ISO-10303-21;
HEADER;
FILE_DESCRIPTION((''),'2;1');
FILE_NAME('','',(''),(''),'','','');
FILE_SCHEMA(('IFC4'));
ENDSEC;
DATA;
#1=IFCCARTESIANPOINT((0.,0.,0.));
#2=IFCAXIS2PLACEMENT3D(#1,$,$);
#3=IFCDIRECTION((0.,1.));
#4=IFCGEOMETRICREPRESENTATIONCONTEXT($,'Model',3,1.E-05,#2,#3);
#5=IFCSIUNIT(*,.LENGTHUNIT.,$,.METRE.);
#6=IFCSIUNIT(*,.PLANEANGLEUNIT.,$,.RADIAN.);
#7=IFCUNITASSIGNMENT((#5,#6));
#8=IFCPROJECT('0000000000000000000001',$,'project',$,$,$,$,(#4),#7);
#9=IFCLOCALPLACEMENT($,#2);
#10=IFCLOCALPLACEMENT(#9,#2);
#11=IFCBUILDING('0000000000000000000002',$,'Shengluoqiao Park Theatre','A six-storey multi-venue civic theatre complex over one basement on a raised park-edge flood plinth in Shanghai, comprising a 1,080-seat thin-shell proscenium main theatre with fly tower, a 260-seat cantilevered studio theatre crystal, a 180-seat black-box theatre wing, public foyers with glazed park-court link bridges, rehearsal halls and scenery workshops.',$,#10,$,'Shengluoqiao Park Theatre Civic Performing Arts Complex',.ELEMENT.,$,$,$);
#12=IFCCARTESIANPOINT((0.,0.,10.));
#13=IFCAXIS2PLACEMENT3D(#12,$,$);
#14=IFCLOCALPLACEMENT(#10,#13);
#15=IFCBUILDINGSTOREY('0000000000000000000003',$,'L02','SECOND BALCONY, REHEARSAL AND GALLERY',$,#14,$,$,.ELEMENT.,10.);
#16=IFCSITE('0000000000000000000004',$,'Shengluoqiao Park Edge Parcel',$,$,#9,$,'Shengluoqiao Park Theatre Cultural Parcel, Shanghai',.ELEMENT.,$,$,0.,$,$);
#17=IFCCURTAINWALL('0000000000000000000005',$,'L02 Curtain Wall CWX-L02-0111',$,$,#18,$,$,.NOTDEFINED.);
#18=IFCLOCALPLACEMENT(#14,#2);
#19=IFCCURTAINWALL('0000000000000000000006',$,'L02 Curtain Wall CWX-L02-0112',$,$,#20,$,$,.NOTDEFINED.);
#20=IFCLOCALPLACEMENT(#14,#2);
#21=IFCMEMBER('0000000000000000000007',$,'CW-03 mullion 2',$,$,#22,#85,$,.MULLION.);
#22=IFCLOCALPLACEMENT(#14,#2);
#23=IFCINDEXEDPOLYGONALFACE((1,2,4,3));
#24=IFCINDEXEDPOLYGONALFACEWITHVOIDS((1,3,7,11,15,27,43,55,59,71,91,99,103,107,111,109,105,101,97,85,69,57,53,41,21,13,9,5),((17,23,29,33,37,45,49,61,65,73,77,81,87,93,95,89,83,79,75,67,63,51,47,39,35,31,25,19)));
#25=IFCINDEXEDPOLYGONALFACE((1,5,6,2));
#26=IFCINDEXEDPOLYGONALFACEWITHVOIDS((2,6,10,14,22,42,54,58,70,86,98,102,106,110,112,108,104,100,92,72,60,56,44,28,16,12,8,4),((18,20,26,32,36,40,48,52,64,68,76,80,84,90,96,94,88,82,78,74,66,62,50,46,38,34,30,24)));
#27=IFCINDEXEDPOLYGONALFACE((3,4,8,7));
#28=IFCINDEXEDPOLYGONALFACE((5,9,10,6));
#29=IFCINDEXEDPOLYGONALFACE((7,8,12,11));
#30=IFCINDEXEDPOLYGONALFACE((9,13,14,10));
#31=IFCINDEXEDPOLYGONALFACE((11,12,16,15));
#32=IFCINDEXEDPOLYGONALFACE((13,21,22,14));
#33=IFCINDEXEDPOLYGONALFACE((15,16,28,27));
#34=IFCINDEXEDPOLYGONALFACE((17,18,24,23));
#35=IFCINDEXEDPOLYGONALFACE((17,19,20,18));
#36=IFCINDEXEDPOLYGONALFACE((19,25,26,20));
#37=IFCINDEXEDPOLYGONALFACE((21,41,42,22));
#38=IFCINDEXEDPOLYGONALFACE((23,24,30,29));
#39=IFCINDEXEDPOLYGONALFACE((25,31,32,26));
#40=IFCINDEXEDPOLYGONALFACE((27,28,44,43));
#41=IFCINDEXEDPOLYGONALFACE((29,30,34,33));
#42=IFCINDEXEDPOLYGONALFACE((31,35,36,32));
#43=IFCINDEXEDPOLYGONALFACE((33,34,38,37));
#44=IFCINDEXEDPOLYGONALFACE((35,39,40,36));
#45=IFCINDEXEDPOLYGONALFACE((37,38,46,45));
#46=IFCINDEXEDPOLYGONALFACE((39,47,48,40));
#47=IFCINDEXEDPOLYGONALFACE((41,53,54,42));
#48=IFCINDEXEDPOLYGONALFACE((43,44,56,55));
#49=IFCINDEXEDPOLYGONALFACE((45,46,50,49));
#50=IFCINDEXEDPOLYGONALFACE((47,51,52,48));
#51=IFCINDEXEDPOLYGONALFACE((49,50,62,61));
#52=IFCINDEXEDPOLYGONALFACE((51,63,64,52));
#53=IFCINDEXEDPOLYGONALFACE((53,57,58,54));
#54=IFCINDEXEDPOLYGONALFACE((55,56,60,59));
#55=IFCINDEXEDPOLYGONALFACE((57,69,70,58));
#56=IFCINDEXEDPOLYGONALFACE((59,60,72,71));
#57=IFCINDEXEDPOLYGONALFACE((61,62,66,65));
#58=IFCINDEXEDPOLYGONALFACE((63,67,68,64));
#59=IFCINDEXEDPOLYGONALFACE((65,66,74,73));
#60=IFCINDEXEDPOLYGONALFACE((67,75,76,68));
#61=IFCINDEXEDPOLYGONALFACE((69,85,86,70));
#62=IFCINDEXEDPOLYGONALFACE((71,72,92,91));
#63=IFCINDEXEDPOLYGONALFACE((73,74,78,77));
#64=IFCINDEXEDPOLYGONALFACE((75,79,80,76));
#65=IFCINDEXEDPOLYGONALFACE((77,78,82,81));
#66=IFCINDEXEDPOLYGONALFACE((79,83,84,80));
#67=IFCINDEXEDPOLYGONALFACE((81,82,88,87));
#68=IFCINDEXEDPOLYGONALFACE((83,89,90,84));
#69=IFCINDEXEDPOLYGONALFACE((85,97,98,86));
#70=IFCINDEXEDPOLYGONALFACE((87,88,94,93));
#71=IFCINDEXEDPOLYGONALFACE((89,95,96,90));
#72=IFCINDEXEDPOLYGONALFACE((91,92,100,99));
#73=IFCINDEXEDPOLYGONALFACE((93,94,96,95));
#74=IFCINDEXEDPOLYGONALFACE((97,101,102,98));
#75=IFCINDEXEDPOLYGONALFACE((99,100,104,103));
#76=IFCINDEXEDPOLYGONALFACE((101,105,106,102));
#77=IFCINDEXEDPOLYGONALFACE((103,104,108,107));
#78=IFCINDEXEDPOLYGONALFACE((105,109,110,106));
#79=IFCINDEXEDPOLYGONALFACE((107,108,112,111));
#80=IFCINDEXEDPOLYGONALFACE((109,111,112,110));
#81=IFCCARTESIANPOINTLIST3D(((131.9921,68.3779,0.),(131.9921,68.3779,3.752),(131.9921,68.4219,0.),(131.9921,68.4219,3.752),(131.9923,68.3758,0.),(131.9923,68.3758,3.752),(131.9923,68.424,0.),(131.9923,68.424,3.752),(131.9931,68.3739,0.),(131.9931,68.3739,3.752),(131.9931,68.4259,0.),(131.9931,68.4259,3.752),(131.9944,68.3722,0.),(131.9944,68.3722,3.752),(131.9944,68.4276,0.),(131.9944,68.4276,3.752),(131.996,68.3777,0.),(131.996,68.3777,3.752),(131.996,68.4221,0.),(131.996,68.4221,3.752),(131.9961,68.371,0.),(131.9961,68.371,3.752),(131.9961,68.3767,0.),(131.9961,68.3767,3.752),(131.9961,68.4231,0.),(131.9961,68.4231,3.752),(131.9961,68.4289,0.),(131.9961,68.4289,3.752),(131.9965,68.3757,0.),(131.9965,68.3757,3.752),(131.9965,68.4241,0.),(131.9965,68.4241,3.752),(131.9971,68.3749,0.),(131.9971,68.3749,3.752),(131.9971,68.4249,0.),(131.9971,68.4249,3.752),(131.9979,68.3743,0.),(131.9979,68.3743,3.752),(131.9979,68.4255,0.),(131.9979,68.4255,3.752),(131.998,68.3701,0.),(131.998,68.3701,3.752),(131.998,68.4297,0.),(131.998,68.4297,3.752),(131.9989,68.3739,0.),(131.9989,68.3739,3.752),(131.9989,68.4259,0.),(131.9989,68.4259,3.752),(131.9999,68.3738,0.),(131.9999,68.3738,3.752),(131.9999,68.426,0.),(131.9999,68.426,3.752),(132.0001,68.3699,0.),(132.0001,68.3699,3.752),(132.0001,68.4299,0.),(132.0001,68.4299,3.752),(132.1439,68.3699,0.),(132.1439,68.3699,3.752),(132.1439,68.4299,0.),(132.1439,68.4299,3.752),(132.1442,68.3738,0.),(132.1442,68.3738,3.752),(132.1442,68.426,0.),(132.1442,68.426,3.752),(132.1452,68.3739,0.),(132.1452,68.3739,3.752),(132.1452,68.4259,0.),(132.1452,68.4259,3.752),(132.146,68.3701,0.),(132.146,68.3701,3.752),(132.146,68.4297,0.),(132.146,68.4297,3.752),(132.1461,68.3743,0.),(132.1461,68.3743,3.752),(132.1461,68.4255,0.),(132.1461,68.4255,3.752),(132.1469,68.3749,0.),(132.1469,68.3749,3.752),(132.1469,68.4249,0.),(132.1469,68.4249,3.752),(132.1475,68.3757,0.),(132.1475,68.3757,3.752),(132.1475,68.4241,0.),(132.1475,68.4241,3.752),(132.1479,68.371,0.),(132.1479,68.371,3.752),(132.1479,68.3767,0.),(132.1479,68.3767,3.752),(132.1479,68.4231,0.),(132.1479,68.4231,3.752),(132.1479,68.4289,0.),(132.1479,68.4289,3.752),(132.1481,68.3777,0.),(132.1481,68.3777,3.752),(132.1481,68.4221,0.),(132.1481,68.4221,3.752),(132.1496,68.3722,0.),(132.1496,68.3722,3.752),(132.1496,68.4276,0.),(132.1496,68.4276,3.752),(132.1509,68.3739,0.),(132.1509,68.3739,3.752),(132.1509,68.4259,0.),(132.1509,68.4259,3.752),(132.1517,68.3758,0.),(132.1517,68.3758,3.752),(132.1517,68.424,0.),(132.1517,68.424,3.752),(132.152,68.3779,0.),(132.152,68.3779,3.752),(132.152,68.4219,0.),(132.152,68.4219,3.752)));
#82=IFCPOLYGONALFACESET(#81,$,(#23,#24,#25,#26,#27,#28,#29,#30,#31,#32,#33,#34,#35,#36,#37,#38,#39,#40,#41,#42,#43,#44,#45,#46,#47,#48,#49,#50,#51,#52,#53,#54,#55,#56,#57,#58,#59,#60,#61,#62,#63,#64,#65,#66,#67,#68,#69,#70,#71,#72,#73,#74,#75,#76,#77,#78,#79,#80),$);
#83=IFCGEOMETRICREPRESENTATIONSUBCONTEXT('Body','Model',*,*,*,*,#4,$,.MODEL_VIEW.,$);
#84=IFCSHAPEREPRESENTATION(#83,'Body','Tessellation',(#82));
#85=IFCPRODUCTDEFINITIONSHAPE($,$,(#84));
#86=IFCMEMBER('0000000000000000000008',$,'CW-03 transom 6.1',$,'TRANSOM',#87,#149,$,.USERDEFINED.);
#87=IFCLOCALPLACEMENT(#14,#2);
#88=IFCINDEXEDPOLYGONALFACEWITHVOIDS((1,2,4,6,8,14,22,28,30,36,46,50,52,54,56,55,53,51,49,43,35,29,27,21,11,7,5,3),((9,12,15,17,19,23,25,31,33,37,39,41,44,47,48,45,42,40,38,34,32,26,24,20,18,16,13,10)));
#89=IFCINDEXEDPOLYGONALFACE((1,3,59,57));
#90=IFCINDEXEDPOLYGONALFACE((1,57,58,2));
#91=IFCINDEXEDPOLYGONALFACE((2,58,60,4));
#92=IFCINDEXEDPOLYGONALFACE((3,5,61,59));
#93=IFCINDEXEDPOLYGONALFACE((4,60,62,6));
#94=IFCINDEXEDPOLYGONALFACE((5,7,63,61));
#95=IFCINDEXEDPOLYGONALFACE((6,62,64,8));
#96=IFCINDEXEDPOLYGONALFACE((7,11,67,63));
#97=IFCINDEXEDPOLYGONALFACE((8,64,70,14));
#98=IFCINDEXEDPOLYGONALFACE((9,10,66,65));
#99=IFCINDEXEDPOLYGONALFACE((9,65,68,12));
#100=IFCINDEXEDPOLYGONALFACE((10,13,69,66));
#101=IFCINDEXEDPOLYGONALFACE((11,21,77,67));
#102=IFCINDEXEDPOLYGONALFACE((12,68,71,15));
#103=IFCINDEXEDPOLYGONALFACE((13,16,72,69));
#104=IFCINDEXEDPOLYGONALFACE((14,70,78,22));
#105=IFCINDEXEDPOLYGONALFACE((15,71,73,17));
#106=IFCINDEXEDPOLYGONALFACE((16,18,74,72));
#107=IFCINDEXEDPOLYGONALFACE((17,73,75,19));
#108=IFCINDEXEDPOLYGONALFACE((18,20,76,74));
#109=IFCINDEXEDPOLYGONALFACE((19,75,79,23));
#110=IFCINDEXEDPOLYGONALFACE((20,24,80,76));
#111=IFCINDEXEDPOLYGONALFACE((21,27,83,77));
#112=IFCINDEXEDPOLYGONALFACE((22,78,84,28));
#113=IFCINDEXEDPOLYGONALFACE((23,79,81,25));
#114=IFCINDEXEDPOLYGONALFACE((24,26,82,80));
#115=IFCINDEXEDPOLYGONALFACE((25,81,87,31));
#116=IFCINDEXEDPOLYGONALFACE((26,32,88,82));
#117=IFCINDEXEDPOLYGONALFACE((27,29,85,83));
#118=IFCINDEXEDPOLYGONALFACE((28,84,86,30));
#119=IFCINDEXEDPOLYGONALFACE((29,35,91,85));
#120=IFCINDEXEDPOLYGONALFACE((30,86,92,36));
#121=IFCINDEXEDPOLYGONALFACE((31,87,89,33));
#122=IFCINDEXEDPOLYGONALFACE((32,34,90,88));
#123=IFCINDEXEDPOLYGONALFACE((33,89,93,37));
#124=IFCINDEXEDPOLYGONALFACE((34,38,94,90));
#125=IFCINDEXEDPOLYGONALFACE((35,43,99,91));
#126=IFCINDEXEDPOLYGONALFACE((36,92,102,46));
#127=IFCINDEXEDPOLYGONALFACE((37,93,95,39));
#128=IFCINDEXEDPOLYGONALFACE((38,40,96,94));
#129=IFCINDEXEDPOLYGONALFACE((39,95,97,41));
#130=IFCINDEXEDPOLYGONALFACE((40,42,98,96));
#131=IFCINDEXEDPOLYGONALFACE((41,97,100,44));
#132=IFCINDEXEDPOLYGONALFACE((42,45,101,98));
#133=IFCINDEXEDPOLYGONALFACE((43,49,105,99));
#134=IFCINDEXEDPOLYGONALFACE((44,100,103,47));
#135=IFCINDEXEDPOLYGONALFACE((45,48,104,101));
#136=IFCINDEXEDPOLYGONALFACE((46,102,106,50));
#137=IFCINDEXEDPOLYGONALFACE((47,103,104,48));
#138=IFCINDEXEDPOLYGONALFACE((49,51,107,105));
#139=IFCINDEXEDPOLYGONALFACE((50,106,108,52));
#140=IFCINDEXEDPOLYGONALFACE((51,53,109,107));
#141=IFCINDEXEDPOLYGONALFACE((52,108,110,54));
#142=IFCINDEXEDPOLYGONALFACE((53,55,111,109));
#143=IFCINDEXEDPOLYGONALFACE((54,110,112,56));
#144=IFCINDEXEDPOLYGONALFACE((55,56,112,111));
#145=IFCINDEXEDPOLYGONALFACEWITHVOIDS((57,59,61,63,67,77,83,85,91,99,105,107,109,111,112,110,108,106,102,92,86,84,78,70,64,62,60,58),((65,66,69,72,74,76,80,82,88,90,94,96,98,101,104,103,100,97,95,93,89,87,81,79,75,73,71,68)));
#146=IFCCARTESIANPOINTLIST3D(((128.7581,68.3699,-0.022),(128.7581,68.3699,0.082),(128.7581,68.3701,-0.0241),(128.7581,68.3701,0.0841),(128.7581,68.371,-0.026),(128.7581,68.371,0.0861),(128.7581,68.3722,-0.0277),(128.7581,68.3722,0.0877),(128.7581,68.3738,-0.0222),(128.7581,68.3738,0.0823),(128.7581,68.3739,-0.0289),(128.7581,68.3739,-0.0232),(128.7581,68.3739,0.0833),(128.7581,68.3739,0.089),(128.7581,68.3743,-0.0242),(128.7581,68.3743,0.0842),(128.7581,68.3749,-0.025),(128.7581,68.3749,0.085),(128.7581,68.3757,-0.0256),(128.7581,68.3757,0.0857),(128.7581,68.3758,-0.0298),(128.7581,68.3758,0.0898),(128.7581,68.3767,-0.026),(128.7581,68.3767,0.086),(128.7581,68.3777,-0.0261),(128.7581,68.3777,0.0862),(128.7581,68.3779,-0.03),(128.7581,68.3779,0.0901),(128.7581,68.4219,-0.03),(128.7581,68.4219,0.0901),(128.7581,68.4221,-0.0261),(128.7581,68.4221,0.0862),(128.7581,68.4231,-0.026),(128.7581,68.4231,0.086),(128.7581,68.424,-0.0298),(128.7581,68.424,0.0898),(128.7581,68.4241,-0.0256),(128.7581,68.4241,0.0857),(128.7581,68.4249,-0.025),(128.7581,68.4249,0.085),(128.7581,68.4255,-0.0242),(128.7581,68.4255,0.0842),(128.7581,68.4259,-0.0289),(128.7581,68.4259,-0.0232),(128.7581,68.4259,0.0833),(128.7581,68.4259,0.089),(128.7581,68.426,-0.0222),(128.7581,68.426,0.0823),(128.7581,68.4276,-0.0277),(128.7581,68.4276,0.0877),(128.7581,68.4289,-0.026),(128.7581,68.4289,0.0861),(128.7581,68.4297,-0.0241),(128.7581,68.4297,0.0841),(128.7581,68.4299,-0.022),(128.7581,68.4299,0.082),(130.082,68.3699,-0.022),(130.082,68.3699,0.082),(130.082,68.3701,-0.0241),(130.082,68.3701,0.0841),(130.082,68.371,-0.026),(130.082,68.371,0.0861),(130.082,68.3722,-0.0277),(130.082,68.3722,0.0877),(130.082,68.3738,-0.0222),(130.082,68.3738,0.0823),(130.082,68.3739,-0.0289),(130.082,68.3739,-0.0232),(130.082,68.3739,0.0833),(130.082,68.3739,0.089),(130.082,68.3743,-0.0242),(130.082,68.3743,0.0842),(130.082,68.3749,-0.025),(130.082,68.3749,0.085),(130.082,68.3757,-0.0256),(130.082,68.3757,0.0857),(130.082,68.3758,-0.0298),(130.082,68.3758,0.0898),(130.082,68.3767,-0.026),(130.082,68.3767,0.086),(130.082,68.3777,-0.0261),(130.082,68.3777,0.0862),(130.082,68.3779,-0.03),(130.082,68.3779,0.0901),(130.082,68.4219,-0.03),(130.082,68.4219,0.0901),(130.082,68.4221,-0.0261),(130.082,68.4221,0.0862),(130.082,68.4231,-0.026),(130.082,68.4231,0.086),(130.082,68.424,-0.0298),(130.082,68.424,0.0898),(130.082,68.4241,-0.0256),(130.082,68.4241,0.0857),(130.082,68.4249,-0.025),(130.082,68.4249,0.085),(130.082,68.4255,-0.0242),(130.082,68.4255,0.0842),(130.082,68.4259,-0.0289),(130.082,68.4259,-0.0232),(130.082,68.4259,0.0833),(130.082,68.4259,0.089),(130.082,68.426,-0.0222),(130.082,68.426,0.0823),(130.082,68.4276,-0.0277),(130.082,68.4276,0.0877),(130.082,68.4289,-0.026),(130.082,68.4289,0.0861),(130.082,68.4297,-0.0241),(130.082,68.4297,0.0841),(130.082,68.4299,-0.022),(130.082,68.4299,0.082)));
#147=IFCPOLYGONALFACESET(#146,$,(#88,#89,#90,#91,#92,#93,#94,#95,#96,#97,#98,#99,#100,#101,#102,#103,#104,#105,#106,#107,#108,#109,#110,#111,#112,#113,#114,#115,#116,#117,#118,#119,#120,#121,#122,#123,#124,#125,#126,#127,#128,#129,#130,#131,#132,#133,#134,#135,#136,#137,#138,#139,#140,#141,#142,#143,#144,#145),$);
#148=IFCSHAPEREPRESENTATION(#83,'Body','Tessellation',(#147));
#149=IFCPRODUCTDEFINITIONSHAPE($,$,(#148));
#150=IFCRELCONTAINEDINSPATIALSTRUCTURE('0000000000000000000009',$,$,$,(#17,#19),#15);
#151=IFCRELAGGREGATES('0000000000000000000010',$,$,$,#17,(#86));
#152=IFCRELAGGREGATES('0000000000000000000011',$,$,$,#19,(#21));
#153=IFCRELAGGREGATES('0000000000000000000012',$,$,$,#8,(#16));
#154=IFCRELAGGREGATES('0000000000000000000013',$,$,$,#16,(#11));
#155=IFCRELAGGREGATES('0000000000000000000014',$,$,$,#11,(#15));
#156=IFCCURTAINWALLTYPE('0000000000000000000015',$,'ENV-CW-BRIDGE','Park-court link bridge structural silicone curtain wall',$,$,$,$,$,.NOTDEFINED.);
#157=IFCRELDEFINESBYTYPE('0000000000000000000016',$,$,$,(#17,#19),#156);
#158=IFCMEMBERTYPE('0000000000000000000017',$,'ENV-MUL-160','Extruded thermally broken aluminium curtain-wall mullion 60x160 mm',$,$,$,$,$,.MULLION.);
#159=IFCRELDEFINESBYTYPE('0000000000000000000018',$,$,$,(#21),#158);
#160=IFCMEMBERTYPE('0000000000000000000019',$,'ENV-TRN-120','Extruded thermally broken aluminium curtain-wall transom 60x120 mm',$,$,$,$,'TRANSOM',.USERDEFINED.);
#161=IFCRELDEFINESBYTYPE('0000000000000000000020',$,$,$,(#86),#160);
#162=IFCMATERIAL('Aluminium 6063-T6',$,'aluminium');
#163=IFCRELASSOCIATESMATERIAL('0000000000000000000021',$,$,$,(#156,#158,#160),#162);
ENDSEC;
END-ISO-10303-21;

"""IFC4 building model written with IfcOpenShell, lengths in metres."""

from ifc_helpers import new_model, si_unit, direction, frame, origin, origin_2d, place, context, subcontext, project, spatial, hollow_rectangle, extrude, material, material_profile, profile_set, type_object, element, aggregate, save


model = new_model("IFC4")

# Units and contexts
model_context = context("Model", 3, precision=1e-05, world=origin(), true_north=direction((0.0, 1.0)))
body_context = subcontext(model_context, "Body", "Model", "MODEL_VIEW")
ifc_project = project(units=[si_unit("LENGTHUNIT", "METRE"), si_unit("PLANEANGLEUNIT", "RADIAN")], contexts=[model_context])

# Site, building, storey
site_placement = place(None, origin())
site = spatial("IfcSite", under=ifc_project, at=site_placement, Name="Shengluoqiao Park Edge Parcel", LongName="Shengluoqiao Park Theatre Cultural Parcel, Shanghai", CompositionType="ELEMENT", RefElevation=0.0)
building_placement = place(site_placement, origin())
building = spatial("IfcBuilding", under=site, at=building_placement, Name="Shengluoqiao Park Theatre", Description="A six-storey multi-venue civic theatre complex over one basement on a raised park-edge flood plinth in Shanghai, comprising a 1,080-seat thin-shell proscenium main theatre with fly tower, a 260-seat cantilevered studio theatre crystal, a 180-seat black-box theatre wing, public foyers with glazed park-court link bridges, rehearsal halls and scenery workshops.", LongName="Shengluoqiao Park Theatre Civic Performing Arts Complex", CompositionType="ELEMENT")
storey_placement = place(building_placement, frame((0.0, 0.0, 10.0)))
storey = spatial("IfcBuildingStorey", under=building, at=storey_placement, Name="L02", Description="SECOND BALCONY, REHEARSAL AND GALLERY", CompositionType="ELEMENT", Elevation=10.0)

# Curtain walls, member
ifc_material_1 = material(Name="Aluminium 6063-T6", Category="aluminium")
curtain_wall_type = type_object("IfcCurtainWallType", Name="ENV-CW-BRIDGE", Description="Park-court link bridge structural silicone curtain wall", PredefinedType="NOTDEFINED", material=ifc_material_1)
curtain_wall_1_placement = place(storey_placement, origin())
curtain_wall_1 = element("IfcCurtainWall", 1, at=curtain_wall_1_placement, inside=storey, type_object=curtain_wall_type, Name="L02 Curtain Wall CWX-L02-0111", PredefinedType="NOTDEFINED")
ifc_material_profile_1 = material_profile(ifc_material_1, hollow_rectangle(XDim=0.0601, YDim=0.1599, WallThickness=0.0039, InnerFilletRadius=0.0039, OuterFilletRadius=0.0081, at=origin_2d()), Name="ALU MULLION 160x60x4")
ifc_profile_set_1 = profile_set([ifc_material_profile_1], Name="Aluminium 6063-T6")
member_type_1 = type_object("IfcMemberType", Name="ENV-MUL-160", Description="Extruded thermally broken aluminium curtain-wall mullion 60x160 mm", PredefinedType="MULLION", material=ifc_profile_set_1)
curtain_wall_2_placement = place(storey_placement, origin())
curtain_wall_2 = element("IfcCurtainWall", 2, at=curtain_wall_2_placement, inside=storey, type_object=curtain_wall_type, Name="L02 Curtain Wall CWX-L02-0112", PredefinedType="NOTDEFINED")
member_1_placement = place(storey_placement, frame((132.072, 68.3999, 0.0), z_axis=(0.0, 0.0, 1.0), x_axis=(0.0, 1.0, 0.0)))
member_1 = element("IfcMember", 3, at=member_1_placement, type_object=member_type_1, Name="CW-03 mullion 2", PredefinedType="MULLION", context=body_context, shape_type="SweptSolid", body=[
    extrude(hollow_rectangle(XDim=0.0601, YDim=0.1599, WallThickness=0.0039, InnerFilletRadius=0.0039, OuterFilletRadius=0.0081, at=origin_2d()), origin(), (0.0, 0.0, 1.0), 3.752),
])

# Member
ifc_material_profile_2 = material_profile(ifc_material_1, hollow_rectangle(XDim=0.0601, YDim=0.1201, WallThickness=0.0039, InnerFilletRadius=0.0039, OuterFilletRadius=0.0081, at=origin_2d()), Name="ALU TRANSOM 120x60x4")
ifc_profile_set_2 = profile_set([ifc_material_profile_2], Name="Aluminium 6063-T6")
member_type_2 = type_object("IfcMemberType", Name="ENV-TRN-120", Description="Extruded thermally broken aluminium curtain-wall transom 60x120 mm", ElementType="TRANSOM", PredefinedType="USERDEFINED", material=ifc_profile_set_2)
member_2_placement = place(storey_placement, frame((128.7581, 68.3999, 0.03), z_axis=(1.0, 0.0, 0.0), x_axis=(0.0, 1.0, 0.0)))
member_2 = element("IfcMember", 4, at=member_2_placement, type_object=member_type_2, Name="CW-03 transom 6.1", ObjectType="TRANSOM", PredefinedType="USERDEFINED", context=body_context, shape_type="SweptSolid", body=[
    extrude(hollow_rectangle(XDim=0.0601, YDim=0.1201, WallThickness=0.0039, InnerFilletRadius=0.0039, OuterFilletRadius=0.0081, at=origin_2d()), origin(), (0.0, 0.0, 1.0), 1.324),
])

aggregate(curtain_wall_1, [member_2])
aggregate(curtain_wall_2, [member_1])

save(model, "model.ifc")
